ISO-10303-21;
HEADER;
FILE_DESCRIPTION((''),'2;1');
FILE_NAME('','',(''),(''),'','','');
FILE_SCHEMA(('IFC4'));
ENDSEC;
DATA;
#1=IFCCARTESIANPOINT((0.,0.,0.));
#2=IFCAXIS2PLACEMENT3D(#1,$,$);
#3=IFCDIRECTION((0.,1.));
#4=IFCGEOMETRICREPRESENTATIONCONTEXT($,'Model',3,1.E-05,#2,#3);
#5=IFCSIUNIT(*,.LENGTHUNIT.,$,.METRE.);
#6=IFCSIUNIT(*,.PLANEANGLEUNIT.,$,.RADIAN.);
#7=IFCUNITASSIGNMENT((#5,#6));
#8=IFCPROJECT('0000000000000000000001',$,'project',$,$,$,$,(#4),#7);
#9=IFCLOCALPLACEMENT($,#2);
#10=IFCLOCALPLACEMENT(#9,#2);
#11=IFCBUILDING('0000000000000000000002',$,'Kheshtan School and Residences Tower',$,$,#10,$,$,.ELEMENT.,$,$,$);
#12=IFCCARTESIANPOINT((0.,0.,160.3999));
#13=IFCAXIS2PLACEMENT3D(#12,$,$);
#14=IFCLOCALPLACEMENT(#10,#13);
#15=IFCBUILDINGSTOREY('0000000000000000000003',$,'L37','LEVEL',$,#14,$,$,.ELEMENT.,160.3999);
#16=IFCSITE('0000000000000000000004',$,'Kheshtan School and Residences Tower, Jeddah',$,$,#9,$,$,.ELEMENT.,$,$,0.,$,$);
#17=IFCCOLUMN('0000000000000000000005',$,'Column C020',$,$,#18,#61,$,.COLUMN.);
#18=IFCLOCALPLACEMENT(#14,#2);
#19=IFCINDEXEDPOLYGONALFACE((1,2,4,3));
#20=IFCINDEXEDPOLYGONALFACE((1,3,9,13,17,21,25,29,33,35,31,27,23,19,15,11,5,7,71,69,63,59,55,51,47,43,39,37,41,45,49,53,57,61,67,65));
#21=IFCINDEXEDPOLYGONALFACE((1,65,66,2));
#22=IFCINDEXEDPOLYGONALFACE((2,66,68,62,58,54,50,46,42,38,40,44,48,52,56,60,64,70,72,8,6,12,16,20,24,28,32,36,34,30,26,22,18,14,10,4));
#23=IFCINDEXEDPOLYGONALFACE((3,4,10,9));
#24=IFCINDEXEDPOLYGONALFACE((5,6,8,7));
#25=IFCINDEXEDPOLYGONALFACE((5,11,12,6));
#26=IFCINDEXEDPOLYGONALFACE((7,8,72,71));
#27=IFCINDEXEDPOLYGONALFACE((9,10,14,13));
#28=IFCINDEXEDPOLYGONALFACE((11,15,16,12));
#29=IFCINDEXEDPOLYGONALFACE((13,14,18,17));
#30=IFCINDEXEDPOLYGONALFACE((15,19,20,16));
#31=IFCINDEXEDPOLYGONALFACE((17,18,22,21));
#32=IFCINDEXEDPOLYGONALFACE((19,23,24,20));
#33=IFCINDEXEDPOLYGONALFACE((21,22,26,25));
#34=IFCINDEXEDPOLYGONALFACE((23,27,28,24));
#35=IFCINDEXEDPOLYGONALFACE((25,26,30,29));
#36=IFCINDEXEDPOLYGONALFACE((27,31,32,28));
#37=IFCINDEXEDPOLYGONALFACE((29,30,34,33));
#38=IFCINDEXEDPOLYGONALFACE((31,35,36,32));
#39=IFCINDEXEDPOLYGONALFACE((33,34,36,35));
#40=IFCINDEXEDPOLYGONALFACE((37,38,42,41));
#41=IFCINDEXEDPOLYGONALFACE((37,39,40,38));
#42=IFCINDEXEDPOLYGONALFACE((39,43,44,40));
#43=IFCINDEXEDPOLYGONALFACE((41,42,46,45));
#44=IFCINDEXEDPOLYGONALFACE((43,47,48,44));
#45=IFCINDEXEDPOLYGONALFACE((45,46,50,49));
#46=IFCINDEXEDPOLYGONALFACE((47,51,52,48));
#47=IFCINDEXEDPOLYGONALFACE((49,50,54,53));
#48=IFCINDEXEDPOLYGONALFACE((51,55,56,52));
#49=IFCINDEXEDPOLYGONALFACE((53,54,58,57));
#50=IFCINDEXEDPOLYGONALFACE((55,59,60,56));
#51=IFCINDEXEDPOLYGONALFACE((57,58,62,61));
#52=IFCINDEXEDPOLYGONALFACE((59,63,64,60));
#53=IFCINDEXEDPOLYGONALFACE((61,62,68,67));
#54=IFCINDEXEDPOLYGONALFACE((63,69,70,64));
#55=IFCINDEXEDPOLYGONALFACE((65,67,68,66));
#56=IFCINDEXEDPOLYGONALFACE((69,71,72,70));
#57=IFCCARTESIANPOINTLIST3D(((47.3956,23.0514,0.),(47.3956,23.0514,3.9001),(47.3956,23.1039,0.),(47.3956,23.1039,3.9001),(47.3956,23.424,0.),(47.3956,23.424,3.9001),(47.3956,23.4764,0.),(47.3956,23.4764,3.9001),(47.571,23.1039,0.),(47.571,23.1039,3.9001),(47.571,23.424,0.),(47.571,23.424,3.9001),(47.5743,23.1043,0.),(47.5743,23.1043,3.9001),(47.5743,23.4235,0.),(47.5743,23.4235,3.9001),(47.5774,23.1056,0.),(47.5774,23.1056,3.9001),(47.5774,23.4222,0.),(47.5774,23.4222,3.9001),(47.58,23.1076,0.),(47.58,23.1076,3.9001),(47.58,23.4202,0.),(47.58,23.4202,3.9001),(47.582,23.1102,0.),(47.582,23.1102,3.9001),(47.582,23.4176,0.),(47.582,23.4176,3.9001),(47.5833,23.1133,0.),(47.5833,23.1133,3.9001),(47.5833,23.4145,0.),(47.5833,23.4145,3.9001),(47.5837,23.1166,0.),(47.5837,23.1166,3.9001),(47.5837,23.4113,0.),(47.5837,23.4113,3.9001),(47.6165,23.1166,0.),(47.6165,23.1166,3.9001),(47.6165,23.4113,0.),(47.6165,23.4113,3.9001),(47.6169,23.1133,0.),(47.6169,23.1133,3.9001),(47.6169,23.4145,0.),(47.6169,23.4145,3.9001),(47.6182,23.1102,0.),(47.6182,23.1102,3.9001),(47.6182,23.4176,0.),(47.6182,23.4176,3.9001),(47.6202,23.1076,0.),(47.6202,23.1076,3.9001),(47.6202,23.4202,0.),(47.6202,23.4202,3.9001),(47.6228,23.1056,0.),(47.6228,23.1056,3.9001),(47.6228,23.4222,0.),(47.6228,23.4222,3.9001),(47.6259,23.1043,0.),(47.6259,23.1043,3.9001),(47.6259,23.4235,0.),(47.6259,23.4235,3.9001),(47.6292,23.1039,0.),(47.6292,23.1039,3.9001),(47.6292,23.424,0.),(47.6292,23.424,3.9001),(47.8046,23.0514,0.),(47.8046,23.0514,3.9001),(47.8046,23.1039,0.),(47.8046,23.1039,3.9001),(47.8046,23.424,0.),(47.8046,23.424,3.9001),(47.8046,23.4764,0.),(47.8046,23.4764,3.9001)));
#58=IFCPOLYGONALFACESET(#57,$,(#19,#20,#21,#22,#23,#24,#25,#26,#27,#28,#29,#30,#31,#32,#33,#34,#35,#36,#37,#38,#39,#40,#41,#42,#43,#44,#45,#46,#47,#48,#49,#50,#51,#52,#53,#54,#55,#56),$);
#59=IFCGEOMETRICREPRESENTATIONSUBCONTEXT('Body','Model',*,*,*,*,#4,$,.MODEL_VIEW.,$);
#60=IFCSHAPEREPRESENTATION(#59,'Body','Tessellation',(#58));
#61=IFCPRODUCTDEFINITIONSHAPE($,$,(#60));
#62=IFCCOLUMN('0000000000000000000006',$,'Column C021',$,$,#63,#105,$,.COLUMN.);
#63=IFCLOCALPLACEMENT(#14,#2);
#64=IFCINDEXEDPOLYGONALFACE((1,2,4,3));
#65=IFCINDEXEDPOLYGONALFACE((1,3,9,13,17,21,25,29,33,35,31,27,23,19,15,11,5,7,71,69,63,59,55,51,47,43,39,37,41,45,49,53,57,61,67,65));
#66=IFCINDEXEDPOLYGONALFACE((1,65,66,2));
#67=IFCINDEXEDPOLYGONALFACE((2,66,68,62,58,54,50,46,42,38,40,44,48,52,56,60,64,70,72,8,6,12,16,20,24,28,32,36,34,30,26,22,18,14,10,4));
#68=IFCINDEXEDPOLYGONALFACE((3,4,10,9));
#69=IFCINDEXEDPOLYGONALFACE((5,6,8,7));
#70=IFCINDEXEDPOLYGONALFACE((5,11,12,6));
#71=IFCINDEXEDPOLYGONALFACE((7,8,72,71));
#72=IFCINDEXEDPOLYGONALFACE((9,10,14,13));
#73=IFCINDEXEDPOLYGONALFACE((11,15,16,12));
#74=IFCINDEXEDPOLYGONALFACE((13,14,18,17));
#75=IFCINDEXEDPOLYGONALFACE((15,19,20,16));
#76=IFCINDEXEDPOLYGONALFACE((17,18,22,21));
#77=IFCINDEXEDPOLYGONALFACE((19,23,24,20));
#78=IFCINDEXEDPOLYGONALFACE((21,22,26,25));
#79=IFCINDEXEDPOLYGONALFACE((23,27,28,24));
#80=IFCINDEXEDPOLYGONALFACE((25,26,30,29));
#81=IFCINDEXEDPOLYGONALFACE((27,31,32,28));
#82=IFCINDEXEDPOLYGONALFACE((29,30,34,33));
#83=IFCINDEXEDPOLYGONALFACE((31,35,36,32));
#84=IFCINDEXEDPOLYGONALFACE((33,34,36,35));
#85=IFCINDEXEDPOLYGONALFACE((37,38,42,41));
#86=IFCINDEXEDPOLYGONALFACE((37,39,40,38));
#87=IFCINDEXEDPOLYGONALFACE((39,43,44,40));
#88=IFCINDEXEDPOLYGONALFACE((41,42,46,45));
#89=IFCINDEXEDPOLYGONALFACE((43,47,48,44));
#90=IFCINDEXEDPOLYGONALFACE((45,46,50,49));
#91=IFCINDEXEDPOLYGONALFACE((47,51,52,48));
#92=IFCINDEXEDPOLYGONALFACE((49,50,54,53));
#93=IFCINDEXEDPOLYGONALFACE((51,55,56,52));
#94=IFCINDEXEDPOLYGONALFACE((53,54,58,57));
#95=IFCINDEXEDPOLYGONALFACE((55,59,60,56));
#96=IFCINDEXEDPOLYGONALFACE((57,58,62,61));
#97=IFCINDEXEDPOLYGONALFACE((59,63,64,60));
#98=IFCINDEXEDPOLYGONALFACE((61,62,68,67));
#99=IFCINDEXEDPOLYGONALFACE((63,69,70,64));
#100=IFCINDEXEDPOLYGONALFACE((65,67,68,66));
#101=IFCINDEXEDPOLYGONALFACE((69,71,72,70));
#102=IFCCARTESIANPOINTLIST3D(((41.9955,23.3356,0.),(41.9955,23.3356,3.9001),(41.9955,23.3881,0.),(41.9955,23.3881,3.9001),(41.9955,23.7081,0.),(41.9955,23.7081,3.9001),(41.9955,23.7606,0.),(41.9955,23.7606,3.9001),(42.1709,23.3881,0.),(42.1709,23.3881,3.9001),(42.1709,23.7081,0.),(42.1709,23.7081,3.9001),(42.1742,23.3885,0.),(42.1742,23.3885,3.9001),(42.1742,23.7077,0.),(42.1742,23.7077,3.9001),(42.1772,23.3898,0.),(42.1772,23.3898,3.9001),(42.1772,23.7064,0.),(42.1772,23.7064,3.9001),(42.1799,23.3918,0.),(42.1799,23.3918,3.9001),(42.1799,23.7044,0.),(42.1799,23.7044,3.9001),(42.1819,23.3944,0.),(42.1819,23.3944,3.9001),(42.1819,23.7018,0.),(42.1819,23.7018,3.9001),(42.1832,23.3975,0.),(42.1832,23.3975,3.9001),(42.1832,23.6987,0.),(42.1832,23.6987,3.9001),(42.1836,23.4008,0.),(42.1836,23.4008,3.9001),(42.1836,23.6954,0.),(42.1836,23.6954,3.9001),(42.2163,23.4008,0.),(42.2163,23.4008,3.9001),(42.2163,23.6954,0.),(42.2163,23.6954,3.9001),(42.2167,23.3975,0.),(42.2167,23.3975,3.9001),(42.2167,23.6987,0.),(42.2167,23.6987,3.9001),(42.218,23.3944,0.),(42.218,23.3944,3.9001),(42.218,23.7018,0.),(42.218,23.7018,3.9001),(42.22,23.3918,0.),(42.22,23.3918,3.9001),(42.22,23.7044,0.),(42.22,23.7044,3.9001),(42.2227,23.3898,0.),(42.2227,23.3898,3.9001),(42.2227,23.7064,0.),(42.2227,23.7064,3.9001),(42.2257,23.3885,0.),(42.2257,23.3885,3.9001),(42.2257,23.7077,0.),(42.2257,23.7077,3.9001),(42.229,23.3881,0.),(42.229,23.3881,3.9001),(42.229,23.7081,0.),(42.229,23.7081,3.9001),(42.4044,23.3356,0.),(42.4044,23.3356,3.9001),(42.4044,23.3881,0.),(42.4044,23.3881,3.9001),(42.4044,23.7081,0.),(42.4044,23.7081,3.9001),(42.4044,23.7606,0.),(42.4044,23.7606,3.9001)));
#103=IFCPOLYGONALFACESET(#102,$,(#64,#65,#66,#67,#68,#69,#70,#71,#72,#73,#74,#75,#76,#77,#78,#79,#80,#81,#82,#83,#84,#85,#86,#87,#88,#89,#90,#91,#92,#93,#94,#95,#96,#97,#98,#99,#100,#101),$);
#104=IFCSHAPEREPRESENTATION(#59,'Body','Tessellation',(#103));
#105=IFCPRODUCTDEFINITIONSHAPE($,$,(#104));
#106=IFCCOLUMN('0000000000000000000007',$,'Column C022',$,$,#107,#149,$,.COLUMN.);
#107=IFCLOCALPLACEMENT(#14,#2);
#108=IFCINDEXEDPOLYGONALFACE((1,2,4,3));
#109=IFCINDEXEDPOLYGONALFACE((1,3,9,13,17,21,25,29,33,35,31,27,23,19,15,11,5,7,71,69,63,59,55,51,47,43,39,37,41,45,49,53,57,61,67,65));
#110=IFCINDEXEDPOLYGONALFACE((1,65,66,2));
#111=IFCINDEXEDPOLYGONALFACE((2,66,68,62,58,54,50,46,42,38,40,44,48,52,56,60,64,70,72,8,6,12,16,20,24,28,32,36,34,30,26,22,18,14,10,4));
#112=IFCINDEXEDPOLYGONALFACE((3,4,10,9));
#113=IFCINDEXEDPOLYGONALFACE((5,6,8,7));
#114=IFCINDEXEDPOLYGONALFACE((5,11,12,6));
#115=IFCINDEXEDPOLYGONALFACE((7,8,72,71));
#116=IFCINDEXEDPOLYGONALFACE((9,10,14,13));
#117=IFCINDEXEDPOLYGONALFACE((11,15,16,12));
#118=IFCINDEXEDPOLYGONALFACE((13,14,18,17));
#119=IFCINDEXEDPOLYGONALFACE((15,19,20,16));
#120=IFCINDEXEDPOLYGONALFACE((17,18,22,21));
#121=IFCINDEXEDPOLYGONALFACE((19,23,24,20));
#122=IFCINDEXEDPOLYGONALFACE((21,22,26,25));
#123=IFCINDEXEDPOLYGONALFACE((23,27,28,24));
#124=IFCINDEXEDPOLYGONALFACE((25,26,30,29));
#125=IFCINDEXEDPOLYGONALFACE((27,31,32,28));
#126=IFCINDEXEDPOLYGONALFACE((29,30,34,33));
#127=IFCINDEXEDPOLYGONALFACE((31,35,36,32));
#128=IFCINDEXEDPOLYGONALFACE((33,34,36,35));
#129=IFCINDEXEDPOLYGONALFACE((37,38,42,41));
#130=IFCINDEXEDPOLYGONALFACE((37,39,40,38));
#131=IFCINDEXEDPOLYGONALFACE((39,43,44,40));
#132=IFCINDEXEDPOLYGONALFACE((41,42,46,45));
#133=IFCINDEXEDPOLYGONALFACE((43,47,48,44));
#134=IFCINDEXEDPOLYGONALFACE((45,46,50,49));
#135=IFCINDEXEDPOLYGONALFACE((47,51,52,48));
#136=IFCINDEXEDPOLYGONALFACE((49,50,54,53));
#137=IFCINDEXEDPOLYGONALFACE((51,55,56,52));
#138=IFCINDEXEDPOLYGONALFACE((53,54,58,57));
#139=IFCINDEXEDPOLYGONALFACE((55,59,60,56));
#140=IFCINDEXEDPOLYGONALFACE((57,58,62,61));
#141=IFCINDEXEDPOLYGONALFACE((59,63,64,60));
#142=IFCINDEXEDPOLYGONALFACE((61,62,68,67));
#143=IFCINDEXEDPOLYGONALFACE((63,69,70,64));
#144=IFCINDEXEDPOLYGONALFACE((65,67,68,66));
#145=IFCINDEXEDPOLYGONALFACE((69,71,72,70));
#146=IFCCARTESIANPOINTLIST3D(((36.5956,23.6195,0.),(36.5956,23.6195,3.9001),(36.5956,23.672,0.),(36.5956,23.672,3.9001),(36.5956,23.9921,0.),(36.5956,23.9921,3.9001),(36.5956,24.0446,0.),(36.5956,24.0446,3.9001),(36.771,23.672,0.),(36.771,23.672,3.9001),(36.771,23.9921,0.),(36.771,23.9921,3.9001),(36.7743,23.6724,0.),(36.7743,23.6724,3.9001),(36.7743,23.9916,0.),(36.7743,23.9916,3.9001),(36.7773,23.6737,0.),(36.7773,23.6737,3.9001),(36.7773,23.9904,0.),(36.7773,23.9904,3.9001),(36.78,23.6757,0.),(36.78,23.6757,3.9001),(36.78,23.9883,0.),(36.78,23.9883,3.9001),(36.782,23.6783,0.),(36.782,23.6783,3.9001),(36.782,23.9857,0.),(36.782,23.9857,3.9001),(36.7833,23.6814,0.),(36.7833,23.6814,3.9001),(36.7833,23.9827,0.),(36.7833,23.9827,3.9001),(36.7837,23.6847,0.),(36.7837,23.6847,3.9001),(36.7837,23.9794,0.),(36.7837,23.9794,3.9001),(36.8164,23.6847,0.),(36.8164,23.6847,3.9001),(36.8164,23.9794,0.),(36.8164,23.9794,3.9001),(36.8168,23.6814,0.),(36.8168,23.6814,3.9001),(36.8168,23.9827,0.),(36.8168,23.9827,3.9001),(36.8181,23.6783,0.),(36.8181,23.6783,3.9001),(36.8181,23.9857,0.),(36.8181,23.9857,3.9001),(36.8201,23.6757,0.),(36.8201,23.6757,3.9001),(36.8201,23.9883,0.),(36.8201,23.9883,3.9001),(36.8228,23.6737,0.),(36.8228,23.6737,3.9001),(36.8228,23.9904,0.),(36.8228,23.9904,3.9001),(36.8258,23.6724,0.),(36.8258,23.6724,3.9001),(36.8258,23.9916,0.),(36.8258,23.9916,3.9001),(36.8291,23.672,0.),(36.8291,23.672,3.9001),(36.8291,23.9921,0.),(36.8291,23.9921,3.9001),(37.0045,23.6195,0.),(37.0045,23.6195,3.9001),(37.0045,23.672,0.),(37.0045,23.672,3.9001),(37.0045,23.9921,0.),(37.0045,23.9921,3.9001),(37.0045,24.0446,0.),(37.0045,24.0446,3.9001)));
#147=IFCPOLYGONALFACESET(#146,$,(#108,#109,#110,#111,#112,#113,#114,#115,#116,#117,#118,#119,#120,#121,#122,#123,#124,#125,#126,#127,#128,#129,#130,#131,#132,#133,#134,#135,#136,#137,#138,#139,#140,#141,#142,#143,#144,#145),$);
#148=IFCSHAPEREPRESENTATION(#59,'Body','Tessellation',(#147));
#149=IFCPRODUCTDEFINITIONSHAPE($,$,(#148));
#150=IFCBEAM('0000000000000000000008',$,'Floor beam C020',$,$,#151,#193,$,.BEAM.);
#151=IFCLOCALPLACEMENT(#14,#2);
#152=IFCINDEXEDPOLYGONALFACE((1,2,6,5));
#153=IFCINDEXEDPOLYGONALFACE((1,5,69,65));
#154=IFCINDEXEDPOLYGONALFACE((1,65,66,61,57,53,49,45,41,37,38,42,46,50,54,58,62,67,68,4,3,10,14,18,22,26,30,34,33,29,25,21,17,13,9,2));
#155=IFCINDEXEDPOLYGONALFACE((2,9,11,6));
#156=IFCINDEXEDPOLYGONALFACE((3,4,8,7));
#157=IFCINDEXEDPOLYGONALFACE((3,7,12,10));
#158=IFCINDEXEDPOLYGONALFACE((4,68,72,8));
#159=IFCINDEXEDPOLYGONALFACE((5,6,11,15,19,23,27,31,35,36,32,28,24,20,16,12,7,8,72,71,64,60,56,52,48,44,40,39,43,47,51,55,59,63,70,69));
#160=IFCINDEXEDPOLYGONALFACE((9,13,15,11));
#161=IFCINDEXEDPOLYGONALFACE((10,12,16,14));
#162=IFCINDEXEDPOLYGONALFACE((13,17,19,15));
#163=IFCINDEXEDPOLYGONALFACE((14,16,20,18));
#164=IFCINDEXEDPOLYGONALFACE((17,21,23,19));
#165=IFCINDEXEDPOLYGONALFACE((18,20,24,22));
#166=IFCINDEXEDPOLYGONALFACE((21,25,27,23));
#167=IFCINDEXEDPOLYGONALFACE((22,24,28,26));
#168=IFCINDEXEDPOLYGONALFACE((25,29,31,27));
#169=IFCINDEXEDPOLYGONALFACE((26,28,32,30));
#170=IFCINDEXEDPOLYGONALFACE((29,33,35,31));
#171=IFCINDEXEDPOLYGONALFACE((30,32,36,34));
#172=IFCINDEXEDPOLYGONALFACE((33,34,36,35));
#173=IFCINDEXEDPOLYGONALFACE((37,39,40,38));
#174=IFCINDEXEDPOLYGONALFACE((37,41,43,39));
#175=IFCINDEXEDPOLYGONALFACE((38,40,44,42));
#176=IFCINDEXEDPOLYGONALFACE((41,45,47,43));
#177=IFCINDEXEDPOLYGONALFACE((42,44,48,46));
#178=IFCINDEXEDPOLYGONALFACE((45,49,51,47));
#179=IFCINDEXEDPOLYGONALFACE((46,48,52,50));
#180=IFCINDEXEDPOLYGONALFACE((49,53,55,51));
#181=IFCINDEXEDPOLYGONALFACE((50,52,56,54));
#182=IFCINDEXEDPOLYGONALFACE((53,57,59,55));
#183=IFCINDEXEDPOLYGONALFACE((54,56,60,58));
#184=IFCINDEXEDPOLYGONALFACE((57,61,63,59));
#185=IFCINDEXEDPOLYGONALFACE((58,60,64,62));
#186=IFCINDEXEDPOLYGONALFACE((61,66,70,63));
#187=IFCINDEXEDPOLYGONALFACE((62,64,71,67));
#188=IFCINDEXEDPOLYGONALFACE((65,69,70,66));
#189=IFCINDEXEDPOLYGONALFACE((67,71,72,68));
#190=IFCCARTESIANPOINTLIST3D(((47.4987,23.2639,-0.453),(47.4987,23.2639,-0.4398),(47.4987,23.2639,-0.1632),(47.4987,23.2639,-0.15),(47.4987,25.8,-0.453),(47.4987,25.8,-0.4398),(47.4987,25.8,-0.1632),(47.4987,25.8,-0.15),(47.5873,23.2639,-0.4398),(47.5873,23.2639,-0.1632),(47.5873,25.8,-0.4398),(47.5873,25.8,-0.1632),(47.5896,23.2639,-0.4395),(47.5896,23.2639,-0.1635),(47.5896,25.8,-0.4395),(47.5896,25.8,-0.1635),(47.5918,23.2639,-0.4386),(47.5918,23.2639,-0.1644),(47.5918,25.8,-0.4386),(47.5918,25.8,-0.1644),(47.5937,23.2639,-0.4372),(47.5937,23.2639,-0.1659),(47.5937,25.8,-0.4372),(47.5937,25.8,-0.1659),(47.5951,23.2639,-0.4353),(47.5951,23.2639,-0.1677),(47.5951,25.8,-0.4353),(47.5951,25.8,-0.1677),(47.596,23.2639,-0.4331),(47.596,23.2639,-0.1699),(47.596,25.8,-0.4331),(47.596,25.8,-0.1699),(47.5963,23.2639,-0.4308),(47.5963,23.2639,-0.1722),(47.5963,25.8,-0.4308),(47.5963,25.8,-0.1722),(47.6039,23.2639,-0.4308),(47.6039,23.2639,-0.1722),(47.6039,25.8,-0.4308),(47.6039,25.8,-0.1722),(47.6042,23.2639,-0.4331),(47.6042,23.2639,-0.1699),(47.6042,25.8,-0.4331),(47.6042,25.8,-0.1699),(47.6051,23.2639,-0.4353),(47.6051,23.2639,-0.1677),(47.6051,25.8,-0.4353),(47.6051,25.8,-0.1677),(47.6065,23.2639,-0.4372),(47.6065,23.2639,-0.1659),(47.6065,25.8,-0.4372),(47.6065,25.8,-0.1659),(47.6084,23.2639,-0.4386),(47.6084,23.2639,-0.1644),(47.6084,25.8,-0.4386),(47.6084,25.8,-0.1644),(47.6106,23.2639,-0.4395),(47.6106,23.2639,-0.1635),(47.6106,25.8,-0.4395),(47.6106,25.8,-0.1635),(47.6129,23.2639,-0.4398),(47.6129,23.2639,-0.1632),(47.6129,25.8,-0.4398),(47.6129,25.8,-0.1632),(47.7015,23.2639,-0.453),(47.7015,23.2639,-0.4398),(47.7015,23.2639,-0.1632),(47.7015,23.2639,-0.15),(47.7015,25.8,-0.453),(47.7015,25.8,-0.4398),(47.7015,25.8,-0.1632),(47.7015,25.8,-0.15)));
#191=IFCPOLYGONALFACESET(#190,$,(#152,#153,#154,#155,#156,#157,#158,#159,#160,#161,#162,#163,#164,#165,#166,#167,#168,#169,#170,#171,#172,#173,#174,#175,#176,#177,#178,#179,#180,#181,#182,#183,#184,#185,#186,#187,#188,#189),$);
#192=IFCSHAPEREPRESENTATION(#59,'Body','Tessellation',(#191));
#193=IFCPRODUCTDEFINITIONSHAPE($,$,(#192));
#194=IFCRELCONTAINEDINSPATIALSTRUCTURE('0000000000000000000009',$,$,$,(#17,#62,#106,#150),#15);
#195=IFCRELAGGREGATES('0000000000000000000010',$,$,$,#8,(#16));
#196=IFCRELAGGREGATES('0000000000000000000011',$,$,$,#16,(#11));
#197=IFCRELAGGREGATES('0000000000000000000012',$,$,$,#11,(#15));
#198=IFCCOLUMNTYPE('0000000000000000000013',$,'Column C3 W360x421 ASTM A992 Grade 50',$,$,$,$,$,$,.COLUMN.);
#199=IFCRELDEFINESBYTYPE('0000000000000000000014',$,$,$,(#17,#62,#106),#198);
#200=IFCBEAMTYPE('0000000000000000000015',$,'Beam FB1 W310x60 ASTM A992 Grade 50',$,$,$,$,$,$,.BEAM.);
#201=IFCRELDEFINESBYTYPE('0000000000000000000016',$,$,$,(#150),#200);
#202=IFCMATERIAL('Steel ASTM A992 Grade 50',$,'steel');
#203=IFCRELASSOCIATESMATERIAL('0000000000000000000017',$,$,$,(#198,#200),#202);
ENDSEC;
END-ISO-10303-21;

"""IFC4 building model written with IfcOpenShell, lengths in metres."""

from ifc_helpers import new_model, si_unit, direction, frame, origin, origin_2d, place, context, subcontext, project, spatial, i_section, extrude, material, material_profile, profile_set, type_object, element, save


model = new_model("IFC4")

# Units and contexts
model_context = context("Model", 3, precision=1e-05, world=origin(), true_north=direction((0.0, 1.0)))
body_context = subcontext(model_context, "Body", "Model", "MODEL_VIEW")
ifc_project = project(units=[si_unit("LENGTHUNIT", "METRE"), si_unit("PLANEANGLEUNIT", "RADIAN")], contexts=[model_context])

# Site, building, storey
site_placement = place(None, origin())
site = spatial("IfcSite", under=ifc_project, at=site_placement, Name="Kheshtan School and Residences Tower, Jeddah", CompositionType="ELEMENT", RefElevation=0.0)
building_placement = place(site_placement, origin())
building = spatial("IfcBuilding", under=site, at=building_placement, Name="Kheshtan School and Residences Tower", CompositionType="ELEMENT")
storey_placement = place(building_placement, frame((0.0, 0.0, 160.3999)))
storey = spatial("IfcBuildingStorey", under=building, at=storey_placement, Name="L37", Description="LEVEL", CompositionType="ELEMENT", Elevation=160.3999)

# Columns
ifc_material_1 = material(Name="Steel ASTM A992 Grade 50", Category="steel")
ifc_material_profile_1 = material_profile(ifc_material_1, i_section(OverallWidth=0.4089, OverallDepth=0.425, WebThickness=0.0327, FlangeThickness=0.0525, FilletRadius=0.0127, at=origin_2d()), Name="W360x421")
ifc_profile_set_1 = profile_set([ifc_material_profile_1], Name="Steel ASTM A992 Grade 50")
column_type = type_object("IfcColumnType", Name="Column C3 W360x421 ASTM A992 Grade 50", PredefinedType="COLUMN", material=ifc_profile_set_1)
for number, where, z_axis, x_axis, name in (
    (1, (47.6001, 23.2639, 0.0), (0.0, 0.0, 1.0), (1.0, 0.0, 0.0), "Column C020"),
    (2, (42.2, 23.5481, 0.0), (0.0, 0.0, 1.0), (1.0, 0.0, 0.0), "Column C021"),
    (3, (36.8, 23.832, 0.0), (0.0, 0.0, 1.0), (1.0, 0.0, 0.0), "Column C022"),
):
    element("IfcColumn", number, at=place(storey_placement, frame(where, z_axis=z_axis, x_axis=x_axis)), inside=storey, type_object=column_type, Name=name, PredefinedType="COLUMN", context=body_context, shape_type="SweptSolid", body=[
        extrude(i_section(OverallWidth=0.4089, OverallDepth=0.425, WebThickness=0.0327, FlangeThickness=0.0525, FilletRadius=0.0127, at=origin_2d()), origin(), (0.0, 0.0, 1.0), 3.9001),
    ])

# Beam
ifc_material_profile_2 = material_profile(ifc_material_1, i_section(OverallWidth=0.2029, OverallDepth=0.303, WebThickness=0.0076, FlangeThickness=0.0132, FilletRadius=0.009, at=origin_2d()), Name="W310x60")
ifc_profile_set_2 = profile_set([ifc_material_profile_2], Name="Steel ASTM A992 Grade 50")
beam_type_1 = type_object("IfcBeamType", Name="Beam FB1 W310x60 ASTM A992 Grade 50", PredefinedType="BEAM", material=ifc_profile_set_2)
beam_1_placement = place(storey_placement, frame((47.6001, 23.2639, -0.3015), z_axis=(0.0, 1.0, 0.0), x_axis=(-1.0, 0.0, 0.0)))
element("IfcBeam", 4, at=beam_1_placement, inside=storey, type_object=beam_type_1, Name="Floor beam C020", PredefinedType="BEAM", context=body_context, shape_type="SweptSolid", body=[
    extrude(i_section(OverallWidth=0.2029, OverallDepth=0.303, WebThickness=0.0076, FlangeThickness=0.0132, FilletRadius=0.009, at=origin_2d()), origin(), (0.0, 0.0, 1.0), 2.5361),
])

save(model, "model.ifc")
